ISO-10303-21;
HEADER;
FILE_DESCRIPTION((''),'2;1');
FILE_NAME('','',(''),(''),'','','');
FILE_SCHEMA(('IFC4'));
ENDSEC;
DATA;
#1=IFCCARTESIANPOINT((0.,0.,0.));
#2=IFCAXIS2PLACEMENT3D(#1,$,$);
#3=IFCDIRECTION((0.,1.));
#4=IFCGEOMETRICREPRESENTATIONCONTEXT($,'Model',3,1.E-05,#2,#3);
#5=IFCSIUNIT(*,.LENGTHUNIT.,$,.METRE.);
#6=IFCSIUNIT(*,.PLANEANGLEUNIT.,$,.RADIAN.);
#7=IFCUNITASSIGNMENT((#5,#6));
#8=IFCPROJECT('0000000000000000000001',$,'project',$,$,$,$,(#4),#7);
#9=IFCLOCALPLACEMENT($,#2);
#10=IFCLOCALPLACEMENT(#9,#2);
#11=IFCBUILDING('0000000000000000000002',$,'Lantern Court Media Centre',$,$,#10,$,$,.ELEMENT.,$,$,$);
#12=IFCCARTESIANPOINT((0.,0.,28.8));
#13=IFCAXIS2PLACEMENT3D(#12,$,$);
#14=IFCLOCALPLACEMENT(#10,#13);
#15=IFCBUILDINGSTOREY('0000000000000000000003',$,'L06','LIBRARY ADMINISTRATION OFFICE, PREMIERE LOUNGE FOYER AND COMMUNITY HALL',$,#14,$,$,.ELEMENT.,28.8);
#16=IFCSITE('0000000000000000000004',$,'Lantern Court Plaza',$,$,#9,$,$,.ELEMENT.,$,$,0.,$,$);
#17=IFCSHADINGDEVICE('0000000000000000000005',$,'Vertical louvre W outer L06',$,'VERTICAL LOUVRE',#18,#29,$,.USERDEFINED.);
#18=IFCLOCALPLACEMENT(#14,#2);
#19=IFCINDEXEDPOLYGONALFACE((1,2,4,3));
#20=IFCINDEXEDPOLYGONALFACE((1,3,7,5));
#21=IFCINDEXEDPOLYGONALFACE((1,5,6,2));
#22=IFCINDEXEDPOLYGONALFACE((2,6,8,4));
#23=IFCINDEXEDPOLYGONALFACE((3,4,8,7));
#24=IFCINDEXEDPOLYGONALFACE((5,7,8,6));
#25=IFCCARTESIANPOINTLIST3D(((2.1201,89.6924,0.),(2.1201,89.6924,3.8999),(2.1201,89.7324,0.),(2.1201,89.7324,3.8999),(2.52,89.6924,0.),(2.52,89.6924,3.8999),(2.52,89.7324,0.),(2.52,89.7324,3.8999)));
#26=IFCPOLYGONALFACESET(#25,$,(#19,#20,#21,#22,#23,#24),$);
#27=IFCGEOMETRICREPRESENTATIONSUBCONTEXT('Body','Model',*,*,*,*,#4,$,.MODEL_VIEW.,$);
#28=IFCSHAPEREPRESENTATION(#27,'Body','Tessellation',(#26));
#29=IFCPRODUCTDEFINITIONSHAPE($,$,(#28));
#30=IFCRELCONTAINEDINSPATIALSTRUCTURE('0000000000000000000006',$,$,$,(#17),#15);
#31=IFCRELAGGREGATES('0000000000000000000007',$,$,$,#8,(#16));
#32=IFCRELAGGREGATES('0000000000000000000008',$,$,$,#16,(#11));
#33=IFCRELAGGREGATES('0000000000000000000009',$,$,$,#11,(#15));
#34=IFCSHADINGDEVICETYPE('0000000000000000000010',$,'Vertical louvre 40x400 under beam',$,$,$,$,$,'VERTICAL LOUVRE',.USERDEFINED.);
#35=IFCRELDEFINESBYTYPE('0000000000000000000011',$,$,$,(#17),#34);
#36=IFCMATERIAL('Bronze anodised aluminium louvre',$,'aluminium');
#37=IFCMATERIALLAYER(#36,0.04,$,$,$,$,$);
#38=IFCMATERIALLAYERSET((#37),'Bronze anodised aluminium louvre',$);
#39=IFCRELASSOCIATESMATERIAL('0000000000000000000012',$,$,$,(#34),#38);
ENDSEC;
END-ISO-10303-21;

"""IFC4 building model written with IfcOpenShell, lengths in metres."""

from ifc_helpers import new_model, si_unit, direction, frame, origin, origin_2d, place, context, subcontext, project, spatial, rectangle, extrude, material, layer, layer_set, type_object, element, save


model = new_model("IFC4")

# Units and contexts
model_context = context("Model", 3, precision=1e-05, world=origin(), true_north=direction((0.0, 1.0)))
body_context = subcontext(model_context, "Body", "Model", "MODEL_VIEW")
ifc_project = project(units=[si_unit("LENGTHUNIT", "METRE"), si_unit("PLANEANGLEUNIT", "RADIAN")], contexts=[model_context])

# Site, building, storey
site_placement = place(None, origin())
site = spatial("IfcSite", under=ifc_project, at=site_placement, Name="Lantern Court Plaza", CompositionType="ELEMENT", RefElevation=0.0)
building_placement = place(site_placement, origin())
building = spatial("IfcBuilding", under=site, at=building_placement, Name="Lantern Court Media Centre", CompositionType="ELEMENT")
storey_placement = place(building_placement, frame((0.0, 0.0, 28.8)))
storey = spatial("IfcBuildingStorey", under=building, at=storey_placement, Name="L06", Description="LIBRARY ADMINISTRATION OFFICE, PREMIERE LOUNGE FOYER AND COMMUNITY HALL", CompositionType="ELEMENT", Elevation=28.8)

# Shading device
ifc_material_1 = material(Name="Bronze anodised aluminium louvre", Category="aluminium")
ifc_layer_1 = layer(ifc_material_1, 0.04)
ifc_layer_set_1 = layer_set([ifc_layer_1], Name="Bronze anodised aluminium louvre")
shading_device_type = type_object("IfcShadingDeviceType", Name="Vertical louvre 40x400 under beam", ElementType="VERTICAL LOUVRE", PredefinedType="USERDEFINED", material=ifc_layer_set_1)
for number, where, z_axis, x_axis, name in (
    (1, (2.3201, 89.7124, 0.0), (0.0, 0.0, 1.0), (1.0, 0.0, 0.0), "Vertical louvre W outer L06"),
):
    element("IfcShadingDevice", number, at=place(storey_placement, frame(where, z_axis=z_axis, x_axis=x_axis)), inside=storey, type_object=shading_device_type, Name=name, ObjectType="VERTICAL LOUVRE", PredefinedType="USERDEFINED", context=body_context, shape_type="SweptSolid", body=[
        extrude(rectangle(XDim=0.3999, YDim=0.04, at=origin_2d()), origin(), (0.0, 0.0, 1.0), 3.8999),
    ])

save(model, "model.ifc")
